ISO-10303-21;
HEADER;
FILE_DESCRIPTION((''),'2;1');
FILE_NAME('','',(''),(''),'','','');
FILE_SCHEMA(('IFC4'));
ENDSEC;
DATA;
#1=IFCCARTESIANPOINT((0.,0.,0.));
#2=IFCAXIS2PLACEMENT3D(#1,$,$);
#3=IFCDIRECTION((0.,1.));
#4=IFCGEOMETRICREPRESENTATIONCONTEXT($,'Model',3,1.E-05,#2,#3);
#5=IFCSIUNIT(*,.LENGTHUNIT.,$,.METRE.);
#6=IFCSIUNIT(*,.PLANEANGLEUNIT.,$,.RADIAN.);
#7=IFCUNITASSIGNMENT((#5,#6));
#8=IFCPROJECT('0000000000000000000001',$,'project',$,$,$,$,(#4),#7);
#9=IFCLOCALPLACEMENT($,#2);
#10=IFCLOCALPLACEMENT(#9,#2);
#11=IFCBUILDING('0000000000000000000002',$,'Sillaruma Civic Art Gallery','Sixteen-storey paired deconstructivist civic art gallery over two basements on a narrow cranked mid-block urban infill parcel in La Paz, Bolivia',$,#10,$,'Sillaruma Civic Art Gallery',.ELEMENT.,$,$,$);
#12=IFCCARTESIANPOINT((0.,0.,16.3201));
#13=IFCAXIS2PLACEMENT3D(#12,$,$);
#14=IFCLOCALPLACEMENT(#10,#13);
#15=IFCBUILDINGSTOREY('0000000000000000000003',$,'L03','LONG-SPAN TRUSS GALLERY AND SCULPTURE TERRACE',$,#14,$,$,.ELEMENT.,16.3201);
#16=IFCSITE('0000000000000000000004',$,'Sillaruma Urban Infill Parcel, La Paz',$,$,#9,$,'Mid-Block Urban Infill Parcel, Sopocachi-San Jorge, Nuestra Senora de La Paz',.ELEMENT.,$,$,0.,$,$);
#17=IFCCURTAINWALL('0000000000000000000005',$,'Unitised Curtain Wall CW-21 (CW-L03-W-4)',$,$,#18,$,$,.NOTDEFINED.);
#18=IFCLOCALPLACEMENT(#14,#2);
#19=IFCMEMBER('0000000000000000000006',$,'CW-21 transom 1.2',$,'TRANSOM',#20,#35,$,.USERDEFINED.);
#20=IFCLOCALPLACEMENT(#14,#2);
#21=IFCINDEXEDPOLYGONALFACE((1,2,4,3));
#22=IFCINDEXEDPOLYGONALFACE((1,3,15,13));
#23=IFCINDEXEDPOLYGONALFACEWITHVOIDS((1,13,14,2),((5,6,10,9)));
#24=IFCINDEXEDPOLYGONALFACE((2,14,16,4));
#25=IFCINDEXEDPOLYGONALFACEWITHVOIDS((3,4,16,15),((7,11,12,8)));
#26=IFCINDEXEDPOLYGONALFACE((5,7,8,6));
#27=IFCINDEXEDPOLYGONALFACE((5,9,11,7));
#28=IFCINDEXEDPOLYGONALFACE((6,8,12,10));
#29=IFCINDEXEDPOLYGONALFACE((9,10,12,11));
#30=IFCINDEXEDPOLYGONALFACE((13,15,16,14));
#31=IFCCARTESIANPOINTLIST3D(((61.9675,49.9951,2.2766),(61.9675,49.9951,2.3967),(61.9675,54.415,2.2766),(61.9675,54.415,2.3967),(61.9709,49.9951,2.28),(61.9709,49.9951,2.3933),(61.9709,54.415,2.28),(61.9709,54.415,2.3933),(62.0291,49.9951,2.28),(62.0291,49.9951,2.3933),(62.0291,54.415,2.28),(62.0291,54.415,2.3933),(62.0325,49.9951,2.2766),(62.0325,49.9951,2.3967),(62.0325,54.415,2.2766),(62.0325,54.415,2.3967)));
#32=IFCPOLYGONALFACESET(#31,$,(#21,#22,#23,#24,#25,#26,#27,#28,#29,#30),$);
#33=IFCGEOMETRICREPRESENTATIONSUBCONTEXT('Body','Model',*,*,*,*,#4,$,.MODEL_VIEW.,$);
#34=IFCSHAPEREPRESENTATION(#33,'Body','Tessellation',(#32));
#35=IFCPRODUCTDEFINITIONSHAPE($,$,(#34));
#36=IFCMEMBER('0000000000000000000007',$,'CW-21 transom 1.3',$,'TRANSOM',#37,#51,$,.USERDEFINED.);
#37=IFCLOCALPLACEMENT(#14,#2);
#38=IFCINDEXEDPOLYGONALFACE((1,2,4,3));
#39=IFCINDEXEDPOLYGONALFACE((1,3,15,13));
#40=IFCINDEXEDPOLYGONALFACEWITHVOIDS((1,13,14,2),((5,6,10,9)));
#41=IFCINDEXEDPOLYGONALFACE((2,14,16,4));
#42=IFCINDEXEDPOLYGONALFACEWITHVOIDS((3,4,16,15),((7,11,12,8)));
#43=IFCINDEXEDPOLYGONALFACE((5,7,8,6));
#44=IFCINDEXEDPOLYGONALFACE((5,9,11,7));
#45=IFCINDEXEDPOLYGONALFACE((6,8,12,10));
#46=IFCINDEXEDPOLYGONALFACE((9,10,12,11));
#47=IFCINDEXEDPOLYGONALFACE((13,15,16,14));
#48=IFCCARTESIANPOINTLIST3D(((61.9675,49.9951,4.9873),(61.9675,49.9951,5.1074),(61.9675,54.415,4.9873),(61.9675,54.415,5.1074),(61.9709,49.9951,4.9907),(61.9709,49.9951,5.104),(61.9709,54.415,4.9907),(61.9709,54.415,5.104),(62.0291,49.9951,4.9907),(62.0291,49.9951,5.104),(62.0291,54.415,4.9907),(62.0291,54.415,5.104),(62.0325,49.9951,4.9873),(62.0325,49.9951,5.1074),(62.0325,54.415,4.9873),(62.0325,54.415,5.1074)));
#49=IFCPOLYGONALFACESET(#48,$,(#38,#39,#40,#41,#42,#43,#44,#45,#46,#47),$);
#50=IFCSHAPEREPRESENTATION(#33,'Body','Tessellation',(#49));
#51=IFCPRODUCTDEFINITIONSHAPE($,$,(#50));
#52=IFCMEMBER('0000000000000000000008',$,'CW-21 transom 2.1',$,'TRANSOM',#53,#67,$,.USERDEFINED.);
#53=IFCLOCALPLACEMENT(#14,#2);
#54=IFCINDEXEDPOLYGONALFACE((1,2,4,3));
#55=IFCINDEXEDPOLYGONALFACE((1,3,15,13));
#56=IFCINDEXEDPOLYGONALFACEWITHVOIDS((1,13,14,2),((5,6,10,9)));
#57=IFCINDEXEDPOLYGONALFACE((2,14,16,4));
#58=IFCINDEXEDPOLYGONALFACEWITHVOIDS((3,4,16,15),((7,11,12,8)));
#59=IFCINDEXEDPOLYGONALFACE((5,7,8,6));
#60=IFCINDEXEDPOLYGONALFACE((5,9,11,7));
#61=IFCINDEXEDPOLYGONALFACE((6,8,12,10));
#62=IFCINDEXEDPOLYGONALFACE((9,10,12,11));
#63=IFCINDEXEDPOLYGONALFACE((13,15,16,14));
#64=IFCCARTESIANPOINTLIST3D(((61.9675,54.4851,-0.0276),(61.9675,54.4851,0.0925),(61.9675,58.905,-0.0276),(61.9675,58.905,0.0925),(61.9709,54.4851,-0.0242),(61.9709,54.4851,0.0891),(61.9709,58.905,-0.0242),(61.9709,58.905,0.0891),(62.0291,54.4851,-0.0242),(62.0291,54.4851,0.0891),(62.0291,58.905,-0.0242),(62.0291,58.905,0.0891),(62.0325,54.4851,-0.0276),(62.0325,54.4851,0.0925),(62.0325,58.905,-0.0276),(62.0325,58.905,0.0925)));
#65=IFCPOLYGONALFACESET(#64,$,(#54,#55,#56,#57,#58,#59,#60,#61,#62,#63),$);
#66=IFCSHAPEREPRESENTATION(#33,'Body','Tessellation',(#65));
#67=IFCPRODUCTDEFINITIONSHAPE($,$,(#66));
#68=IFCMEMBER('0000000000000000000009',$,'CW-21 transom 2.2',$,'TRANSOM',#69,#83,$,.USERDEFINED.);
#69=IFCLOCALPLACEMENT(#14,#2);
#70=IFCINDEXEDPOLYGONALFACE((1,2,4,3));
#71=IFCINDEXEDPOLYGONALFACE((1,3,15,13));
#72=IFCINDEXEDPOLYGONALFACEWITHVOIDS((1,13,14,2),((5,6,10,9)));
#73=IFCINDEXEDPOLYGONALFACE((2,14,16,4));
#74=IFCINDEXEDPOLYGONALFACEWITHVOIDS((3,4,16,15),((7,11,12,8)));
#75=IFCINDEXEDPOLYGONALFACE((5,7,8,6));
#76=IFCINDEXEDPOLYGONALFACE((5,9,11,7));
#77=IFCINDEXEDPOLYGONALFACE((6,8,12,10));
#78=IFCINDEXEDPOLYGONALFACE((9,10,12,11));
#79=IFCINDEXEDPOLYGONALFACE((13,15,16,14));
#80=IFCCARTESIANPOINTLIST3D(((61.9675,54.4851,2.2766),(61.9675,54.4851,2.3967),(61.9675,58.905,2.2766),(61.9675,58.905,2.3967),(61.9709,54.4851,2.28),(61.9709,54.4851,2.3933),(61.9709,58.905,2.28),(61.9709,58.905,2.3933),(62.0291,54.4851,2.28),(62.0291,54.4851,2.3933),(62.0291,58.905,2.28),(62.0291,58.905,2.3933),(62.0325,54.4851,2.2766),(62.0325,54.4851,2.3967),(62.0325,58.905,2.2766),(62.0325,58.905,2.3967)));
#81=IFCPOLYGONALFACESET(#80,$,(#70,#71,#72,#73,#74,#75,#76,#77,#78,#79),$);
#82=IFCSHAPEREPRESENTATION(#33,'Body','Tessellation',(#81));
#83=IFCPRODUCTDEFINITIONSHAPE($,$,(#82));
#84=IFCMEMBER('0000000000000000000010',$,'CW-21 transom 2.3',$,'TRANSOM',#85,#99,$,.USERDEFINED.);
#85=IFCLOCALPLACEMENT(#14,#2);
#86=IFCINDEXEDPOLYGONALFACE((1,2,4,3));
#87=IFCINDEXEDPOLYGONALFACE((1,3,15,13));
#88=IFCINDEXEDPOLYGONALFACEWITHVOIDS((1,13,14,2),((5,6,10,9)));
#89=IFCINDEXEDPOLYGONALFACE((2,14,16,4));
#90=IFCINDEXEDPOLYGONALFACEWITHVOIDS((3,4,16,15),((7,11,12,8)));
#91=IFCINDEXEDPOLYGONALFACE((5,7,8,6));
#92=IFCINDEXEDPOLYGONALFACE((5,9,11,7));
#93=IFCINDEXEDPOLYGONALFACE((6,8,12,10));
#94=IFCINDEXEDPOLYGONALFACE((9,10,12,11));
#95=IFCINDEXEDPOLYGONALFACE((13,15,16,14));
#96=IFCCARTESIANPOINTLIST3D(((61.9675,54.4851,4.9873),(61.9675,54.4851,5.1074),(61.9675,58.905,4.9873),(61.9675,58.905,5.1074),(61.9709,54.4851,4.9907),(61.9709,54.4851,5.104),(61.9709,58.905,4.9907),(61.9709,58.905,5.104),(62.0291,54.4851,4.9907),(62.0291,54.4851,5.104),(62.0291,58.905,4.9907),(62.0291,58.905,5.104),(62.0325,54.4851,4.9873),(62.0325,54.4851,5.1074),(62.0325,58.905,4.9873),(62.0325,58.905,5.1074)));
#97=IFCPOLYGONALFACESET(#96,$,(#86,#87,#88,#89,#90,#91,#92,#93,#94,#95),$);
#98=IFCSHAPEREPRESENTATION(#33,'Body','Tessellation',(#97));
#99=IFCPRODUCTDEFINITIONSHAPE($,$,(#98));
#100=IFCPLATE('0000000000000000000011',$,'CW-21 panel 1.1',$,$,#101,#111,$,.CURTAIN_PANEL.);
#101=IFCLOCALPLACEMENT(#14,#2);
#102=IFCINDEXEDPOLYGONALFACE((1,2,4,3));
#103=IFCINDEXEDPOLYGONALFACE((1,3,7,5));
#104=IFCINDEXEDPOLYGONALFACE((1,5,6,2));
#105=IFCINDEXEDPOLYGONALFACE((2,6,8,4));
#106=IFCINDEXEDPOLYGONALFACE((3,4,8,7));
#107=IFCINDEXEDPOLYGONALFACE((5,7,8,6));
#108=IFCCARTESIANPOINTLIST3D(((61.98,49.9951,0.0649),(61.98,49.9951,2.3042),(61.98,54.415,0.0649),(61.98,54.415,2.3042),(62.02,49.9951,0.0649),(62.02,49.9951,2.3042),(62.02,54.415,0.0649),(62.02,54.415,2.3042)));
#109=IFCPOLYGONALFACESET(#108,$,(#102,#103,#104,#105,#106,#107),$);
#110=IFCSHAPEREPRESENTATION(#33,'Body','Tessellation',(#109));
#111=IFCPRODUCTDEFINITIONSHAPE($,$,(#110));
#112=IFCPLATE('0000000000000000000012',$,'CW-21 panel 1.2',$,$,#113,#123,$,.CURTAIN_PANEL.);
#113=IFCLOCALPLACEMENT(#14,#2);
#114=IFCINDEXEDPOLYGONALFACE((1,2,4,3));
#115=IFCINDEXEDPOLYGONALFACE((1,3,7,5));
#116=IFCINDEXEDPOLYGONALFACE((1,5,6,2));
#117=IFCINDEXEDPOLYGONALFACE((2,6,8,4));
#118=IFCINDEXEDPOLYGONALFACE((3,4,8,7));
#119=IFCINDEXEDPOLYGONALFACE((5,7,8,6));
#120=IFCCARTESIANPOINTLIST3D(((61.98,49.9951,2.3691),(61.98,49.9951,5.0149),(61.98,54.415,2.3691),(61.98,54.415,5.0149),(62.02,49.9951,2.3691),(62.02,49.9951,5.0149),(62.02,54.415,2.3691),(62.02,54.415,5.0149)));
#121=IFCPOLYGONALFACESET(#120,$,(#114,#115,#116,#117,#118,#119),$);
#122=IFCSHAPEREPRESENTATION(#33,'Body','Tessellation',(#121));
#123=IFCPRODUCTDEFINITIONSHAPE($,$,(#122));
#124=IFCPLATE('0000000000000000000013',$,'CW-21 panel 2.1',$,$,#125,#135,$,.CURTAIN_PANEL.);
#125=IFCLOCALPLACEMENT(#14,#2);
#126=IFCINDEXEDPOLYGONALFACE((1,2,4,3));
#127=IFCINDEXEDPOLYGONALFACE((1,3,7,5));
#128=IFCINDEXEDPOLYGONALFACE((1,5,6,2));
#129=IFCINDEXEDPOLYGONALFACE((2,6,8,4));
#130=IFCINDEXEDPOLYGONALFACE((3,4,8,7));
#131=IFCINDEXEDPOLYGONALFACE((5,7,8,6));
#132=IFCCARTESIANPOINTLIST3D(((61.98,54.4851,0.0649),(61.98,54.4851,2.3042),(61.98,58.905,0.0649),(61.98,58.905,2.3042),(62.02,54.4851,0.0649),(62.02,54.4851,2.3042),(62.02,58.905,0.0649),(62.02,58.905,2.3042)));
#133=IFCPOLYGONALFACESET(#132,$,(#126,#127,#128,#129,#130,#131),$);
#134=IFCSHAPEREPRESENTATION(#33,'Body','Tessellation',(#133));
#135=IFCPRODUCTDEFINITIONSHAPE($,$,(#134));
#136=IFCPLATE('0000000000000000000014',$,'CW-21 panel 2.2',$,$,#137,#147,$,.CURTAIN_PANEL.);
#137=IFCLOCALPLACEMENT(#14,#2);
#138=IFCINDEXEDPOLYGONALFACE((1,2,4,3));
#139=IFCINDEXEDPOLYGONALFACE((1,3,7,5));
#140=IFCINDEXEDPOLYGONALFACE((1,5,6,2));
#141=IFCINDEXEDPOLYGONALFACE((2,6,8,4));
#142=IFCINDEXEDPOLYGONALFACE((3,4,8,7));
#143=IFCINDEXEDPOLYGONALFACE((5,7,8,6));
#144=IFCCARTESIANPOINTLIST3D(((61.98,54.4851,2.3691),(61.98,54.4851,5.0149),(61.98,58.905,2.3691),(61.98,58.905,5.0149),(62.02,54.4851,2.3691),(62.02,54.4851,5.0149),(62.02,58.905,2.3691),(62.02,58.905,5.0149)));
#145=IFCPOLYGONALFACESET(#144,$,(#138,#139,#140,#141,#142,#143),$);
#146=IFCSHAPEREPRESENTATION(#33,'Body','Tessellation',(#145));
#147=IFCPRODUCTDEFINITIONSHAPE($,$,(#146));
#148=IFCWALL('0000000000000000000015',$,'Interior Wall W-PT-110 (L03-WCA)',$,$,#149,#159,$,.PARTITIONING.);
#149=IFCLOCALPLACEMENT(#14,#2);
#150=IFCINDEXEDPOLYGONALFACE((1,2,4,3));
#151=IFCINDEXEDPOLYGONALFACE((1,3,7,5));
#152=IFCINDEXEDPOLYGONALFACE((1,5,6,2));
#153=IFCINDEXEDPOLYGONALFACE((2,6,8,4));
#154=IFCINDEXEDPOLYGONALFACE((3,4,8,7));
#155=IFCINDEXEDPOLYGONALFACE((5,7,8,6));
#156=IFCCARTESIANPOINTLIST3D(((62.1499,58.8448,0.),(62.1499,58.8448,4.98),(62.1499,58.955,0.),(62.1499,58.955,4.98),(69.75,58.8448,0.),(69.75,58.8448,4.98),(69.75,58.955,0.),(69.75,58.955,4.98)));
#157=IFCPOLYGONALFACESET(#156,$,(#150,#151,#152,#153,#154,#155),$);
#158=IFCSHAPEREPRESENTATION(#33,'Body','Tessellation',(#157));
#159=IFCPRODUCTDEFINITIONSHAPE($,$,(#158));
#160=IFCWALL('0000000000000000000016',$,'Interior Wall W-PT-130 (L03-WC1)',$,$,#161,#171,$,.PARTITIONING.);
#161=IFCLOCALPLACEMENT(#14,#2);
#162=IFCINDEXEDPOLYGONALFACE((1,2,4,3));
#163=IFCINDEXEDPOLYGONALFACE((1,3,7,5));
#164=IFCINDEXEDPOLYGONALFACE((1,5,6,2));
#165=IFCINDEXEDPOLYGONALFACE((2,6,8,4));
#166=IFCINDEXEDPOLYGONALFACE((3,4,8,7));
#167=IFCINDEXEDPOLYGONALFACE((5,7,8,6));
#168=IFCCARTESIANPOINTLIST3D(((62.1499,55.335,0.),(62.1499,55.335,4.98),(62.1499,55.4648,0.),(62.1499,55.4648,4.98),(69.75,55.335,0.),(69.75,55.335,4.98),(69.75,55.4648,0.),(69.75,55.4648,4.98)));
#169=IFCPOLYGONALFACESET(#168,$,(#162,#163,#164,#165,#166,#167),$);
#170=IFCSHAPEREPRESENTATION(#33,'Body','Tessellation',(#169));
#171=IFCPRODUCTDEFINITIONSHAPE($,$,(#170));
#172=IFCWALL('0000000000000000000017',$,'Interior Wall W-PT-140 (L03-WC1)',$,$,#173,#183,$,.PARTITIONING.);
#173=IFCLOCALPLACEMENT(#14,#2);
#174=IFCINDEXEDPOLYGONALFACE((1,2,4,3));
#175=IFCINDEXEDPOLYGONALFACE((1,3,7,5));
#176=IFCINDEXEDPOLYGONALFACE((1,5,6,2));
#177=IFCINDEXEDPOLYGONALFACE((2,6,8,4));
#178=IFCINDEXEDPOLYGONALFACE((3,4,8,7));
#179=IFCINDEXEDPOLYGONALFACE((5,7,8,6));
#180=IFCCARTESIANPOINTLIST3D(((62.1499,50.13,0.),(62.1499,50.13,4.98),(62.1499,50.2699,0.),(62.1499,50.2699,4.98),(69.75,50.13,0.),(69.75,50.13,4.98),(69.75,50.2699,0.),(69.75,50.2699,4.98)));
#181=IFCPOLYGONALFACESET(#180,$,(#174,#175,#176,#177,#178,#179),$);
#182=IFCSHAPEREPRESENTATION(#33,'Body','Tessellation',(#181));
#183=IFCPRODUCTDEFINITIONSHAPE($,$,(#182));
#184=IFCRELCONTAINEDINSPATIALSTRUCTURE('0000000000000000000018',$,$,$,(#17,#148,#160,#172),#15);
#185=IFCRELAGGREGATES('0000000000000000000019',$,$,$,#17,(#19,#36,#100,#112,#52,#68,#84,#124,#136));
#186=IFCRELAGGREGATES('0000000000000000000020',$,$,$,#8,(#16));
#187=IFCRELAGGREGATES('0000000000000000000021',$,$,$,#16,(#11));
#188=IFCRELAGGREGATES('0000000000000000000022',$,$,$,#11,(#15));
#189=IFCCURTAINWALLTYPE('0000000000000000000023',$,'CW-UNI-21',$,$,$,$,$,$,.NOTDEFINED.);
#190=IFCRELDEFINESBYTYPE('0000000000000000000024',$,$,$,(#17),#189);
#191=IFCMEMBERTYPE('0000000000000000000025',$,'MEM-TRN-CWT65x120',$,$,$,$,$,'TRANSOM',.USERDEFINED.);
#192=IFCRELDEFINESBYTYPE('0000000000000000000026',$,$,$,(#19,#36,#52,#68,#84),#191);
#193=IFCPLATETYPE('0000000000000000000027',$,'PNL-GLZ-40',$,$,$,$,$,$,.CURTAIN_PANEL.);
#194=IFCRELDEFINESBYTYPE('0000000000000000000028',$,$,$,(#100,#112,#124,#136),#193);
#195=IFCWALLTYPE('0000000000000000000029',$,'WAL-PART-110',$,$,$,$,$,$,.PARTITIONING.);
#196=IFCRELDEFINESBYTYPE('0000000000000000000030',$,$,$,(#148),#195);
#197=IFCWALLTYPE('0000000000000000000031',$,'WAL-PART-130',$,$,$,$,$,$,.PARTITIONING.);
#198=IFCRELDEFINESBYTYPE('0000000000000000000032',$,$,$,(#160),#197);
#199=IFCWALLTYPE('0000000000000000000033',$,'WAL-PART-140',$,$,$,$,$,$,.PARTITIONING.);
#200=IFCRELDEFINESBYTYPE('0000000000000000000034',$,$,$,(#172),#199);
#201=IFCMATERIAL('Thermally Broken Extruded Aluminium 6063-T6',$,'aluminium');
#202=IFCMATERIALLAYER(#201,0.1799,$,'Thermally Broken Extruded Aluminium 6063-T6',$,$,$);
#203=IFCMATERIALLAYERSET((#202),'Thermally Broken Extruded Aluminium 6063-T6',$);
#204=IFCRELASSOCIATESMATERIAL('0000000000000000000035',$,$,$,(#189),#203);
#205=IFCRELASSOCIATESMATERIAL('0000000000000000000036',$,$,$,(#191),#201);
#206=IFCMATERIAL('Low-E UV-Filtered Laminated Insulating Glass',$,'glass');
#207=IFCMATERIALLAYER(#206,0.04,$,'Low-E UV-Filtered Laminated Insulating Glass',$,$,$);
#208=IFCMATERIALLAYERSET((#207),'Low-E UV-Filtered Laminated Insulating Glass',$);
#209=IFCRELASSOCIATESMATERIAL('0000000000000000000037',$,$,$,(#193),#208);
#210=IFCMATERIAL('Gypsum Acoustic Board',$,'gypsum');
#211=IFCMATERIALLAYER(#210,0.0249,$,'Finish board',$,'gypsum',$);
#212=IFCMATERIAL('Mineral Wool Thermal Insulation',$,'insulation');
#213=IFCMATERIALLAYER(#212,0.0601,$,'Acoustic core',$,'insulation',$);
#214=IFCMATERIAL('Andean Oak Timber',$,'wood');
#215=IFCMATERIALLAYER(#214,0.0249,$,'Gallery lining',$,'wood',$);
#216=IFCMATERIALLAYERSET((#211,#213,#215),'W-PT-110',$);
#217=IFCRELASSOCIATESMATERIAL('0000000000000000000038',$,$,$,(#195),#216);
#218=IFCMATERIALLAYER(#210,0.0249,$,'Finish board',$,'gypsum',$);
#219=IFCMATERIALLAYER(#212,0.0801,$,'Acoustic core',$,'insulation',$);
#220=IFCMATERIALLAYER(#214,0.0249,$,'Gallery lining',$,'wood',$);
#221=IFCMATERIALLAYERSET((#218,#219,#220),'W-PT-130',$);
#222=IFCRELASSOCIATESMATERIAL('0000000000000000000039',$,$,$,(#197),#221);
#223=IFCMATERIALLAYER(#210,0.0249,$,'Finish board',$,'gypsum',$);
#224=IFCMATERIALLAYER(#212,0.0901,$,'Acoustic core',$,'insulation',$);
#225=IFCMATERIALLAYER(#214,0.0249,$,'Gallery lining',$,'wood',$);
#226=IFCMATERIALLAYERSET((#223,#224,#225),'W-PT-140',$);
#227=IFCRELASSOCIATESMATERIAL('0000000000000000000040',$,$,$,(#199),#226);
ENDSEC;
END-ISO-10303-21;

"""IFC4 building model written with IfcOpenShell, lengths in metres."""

from ifc_helpers import new_model, si_unit, direction, frame, frame_2d, origin, origin_2d, place, context, subcontext, project, spatial, rectangle, hollow_rectangle, extrude, material, layer, layer_set, material_profile, profile_set, type_object, element, aggregate, save


model = new_model("IFC4")

# Units and contexts
model_context = context("Model", 3, precision=1e-05, world=origin(), true_north=direction((0.0, 1.0)))
body_context = subcontext(model_context, "Body", "Model", "MODEL_VIEW")
ifc_project = project(units=[si_unit("LENGTHUNIT", "METRE"), si_unit("PLANEANGLEUNIT", "RADIAN")], contexts=[model_context])

# Site, building, storey
site_placement = place(None, origin())
site = spatial("IfcSite", under=ifc_project, at=site_placement, Name="Sillaruma Urban Infill Parcel, La Paz", LongName="Mid-Block Urban Infill Parcel, Sopocachi-San Jorge, Nuestra Senora de La Paz", CompositionType="ELEMENT", RefElevation=0.0)
building_placement = place(site_placement, origin())
building = spatial("IfcBuilding", under=site, at=building_placement, Name="Sillaruma Civic Art Gallery", Description="Sixteen-storey paired deconstructivist civic art gallery over two basements on a narrow cranked mid-block urban infill parcel in La Paz, Bolivia", LongName="Sillaruma Civic Art Gallery", CompositionType="ELEMENT")
storey_placement = place(building_placement, frame((0.0, 0.0, 16.3201)))
storey = spatial("IfcBuildingStorey", under=building, at=storey_placement, Name="L03", Description="LONG-SPAN TRUSS GALLERY AND SCULPTURE TERRACE", CompositionType="ELEMENT", Elevation=16.3201)

# Shared definitions
ifc_material_1 = material(Name="Thermally Broken Extruded Aluminium 6063-T6", Category="aluminium")

# Curtain wall
ifc_layer_1 = layer(ifc_material_1, 0.1799, Name="Thermally Broken Extruded Aluminium 6063-T6")
ifc_layer_set_1 = layer_set([ifc_layer_1], Name="Thermally Broken Extruded Aluminium 6063-T6")
curtain_wall_type_1 = type_object("IfcCurtainWallType", Name="CW-UNI-21", PredefinedType="NOTDEFINED", material=ifc_layer_set_1)
curtain_wall_1_placement = place(storey_placement, origin())
curtain_wall_1 = element("IfcCurtainWall", 1, at=curtain_wall_1_placement, inside=storey, type_object=curtain_wall_type_1, Name="Unitised Curtain Wall CW-21 (CW-L03-W-4)", PredefinedType="NOTDEFINED")

# Members
ifc_material_profile_1 = material_profile(ifc_material_1, hollow_rectangle(XDim=0.0649, YDim=0.1201, WallThickness=0.0034, at=origin_2d()), Name="CWT65x120")
ifc_profile_set_1 = profile_set([ifc_material_profile_1], Name="Thermally Broken Extruded Aluminium 6063-T6")
member_type_1 = type_object("IfcMemberType", Name="MEM-TRN-CWT65x120", ElementType="TRANSOM", PredefinedType="USERDEFINED", material=ifc_profile_set_1)
member_1_placement = place(storey_placement, frame((62.0, 49.9951, 2.3367), z_axis=(0.0, 1.0, 0.0), x_axis=(-1.0, 0.0, 0.0)))
member_1 = element("IfcMember", 2, at=member_1_placement, type_object=member_type_1, Name="CW-21 transom 1.2", ObjectType="TRANSOM", PredefinedType="USERDEFINED", context=body_context, shape_type="SweptSolid", body=[
    extrude(hollow_rectangle(XDim=0.0649, YDim=0.1201, WallThickness=0.0034, at=origin_2d()), origin(), (0.0, 0.0, 1.0), 4.4199),
])
member_2_placement = place(storey_placement, frame((62.0, 49.9951, 5.0474), z_axis=(0.0, 1.0, 0.0), x_axis=(-1.0, 0.0, 0.0)))
member_2 = element("IfcMember", 3, at=member_2_placement, type_object=member_type_1, Name="CW-21 transom 1.3", ObjectType="TRANSOM", PredefinedType="USERDEFINED", context=body_context, shape_type="SweptSolid", body=[
    extrude(hollow_rectangle(XDim=0.0649, YDim=0.1201, WallThickness=0.0034, at=origin_2d()), origin(), (0.0, 0.0, 1.0), 4.4199),
])
member_3_placement = place(storey_placement, frame((62.0, 54.4851, 0.0325), z_axis=(0.0, 1.0, 0.0), x_axis=(-1.0, 0.0, 0.0)))
member_3 = element("IfcMember", 4, at=member_3_placement, type_object=member_type_1, Name="CW-21 transom 2.1", ObjectType="TRANSOM", PredefinedType="USERDEFINED", context=body_context, shape_type="SweptSolid", body=[
    extrude(hollow_rectangle(XDim=0.0649, YDim=0.1201, WallThickness=0.0034, at=origin_2d()), origin(), (0.0, 0.0, 1.0), 4.4199),
])
member_4_placement = place(storey_placement, frame((62.0, 54.4851, 2.3367), z_axis=(0.0, 1.0, 0.0), x_axis=(-1.0, 0.0, 0.0)))
member_4 = element("IfcMember", 5, at=member_4_placement, type_object=member_type_1, Name="CW-21 transom 2.2", ObjectType="TRANSOM", PredefinedType="USERDEFINED", context=body_context, shape_type="SweptSolid", body=[
    extrude(hollow_rectangle(XDim=0.0649, YDim=0.1201, WallThickness=0.0034, at=origin_2d()), origin(), (0.0, 0.0, 1.0), 4.4199),
])
member_5_placement = place(storey_placement, frame((62.0, 54.4851, 5.0474), z_axis=(0.0, 1.0, 0.0), x_axis=(-1.0, 0.0, 0.0)))
member_5 = element("IfcMember", 6, at=member_5_placement, type_object=member_type_1, Name="CW-21 transom 2.3", ObjectType="TRANSOM", PredefinedType="USERDEFINED", context=body_context, shape_type="SweptSolid", body=[
    extrude(hollow_rectangle(XDim=0.0649, YDim=0.1201, WallThickness=0.0034, at=origin_2d()), origin(), (0.0, 0.0, 1.0), 4.4199),
])

# Plates
ifc_material_2 = material(Name="Low-E UV-Filtered Laminated Insulating Glass", Category="glass")
ifc_layer_2 = layer(ifc_material_2, 0.04, Name="Low-E UV-Filtered Laminated Insulating Glass")
ifc_layer_set_2 = layer_set([ifc_layer_2], Name="Low-E UV-Filtered Laminated Insulating Glass")
plate_type = type_object("IfcPlateType", Name="PNL-GLZ-40", PredefinedType="CURTAIN_PANEL", material=ifc_layer_set_2)
plate_1_placement = place(storey_placement, frame((62.0, 52.2051, 0.0649), z_axis=(0.0, 0.0, 1.0), x_axis=(0.0, 1.0, 0.0)))
plate_1 = element("IfcPlate", 7, at=plate_1_placement, type_object=plate_type, Name="CW-21 panel 1.1", PredefinedType="CURTAIN_PANEL", context=body_context, shape_type="SweptSolid", body=[
    extrude(rectangle(XDim=4.4199, YDim=0.04, at=origin_2d()), origin(), (0.0, 0.0, 1.0), 2.2393),
])
plate_2_placement = place(storey_placement, frame((62.0, 52.2051, 2.3691), z_axis=(0.0, 0.0, 1.0), x_axis=(0.0, 1.0, 0.0)))
plate_2 = element("IfcPlate", 8, at=plate_2_placement, type_object=plate_type, Name="CW-21 panel 1.2", PredefinedType="CURTAIN_PANEL", context=body_context, shape_type="SweptSolid", body=[
    extrude(rectangle(XDim=4.4199, YDim=0.04, at=origin_2d()), origin(), (0.0, 0.0, 1.0), 2.6458),
])
plate_3_placement = place(storey_placement, frame((62.0, 56.6951, 0.0649), z_axis=(0.0, 0.0, 1.0), x_axis=(0.0, 1.0, 0.0)))
plate_3 = element("IfcPlate", 9, at=plate_3_placement, type_object=plate_type, Name="CW-21 panel 2.1", PredefinedType="CURTAIN_PANEL", context=body_context, shape_type="SweptSolid", body=[
    extrude(rectangle(XDim=4.4199, YDim=0.04, at=origin_2d()), origin(), (0.0, 0.0, 1.0), 2.2393),
])
plate_4_placement = place(storey_placement, frame((62.0, 56.6951, 2.3691), z_axis=(0.0, 0.0, 1.0), x_axis=(0.0, 1.0, 0.0)))
plate_4 = element("IfcPlate", 10, at=plate_4_placement, type_object=plate_type, Name="CW-21 panel 2.2", PredefinedType="CURTAIN_PANEL", context=body_context, shape_type="SweptSolid", body=[
    extrude(rectangle(XDim=4.4199, YDim=0.04, at=origin_2d()), origin(), (0.0, 0.0, 1.0), 2.6458),
])
aggregate(curtain_wall_1, [member_1, member_2, plate_1, plate_2, member_3, member_4, member_5, plate_3, plate_4])

# Walls
ifc_material_3 = material(Name="Gypsum Acoustic Board", Category="gypsum")
ifc_layer_3 = layer(ifc_material_3, 0.0249, Name="Finish board", Category="gypsum")
ifc_material_4 = material(Name="Mineral Wool Thermal Insulation", Category="insulation")
ifc_layer_4 = layer(ifc_material_4, 0.0601, Name="Acoustic core", Category="insulation")
ifc_material_5 = material(Name="Andean Oak Timber", Category="wood")
ifc_layer_5 = layer(ifc_material_5, 0.0249, Name="Gallery lining", Category="wood")
ifc_layer_set_3 = layer_set([ifc_layer_3, ifc_layer_4, ifc_layer_5], Name="W-PT-110")
wall_type_1 = type_object("IfcWallType", Name="WAL-PART-110", PredefinedType="PARTITIONING", material=ifc_layer_set_3)
wall_1_placement = place(storey_placement, frame((62.1499, 58.8999, 0.0), z_axis=(0.0, 0.0, 1.0), x_axis=(1.0, 0.0, 0.0)))
element("IfcWall", 11, at=wall_1_placement, inside=storey, type_object=wall_type_1, Name="Interior Wall W-PT-110 (L03-WCA)", PredefinedType="PARTITIONING", context=body_context, shape_type="SweptSolid", body=[
    extrude(rectangle(XDim=7.6001, YDim=0.1101, at=frame_2d((3.8, 0.0))), origin(), (0.0, 0.0, 1.0), 4.98),
])
ifc_layer_6 = layer(ifc_material_3, 0.0249, Name="Finish board", Category="gypsum")
ifc_layer_7 = layer(ifc_material_4, 0.0801, Name="Acoustic core", Category="insulation")
ifc_layer_8 = layer(ifc_material_5, 0.0249, Name="Gallery lining", Category="wood")
ifc_layer_set_4 = layer_set([ifc_layer_6, ifc_layer_7, ifc_layer_8], Name="W-PT-130")
wall_type_2 = type_object("IfcWallType", Name="WAL-PART-130", PredefinedType="PARTITIONING", material=ifc_layer_set_4)
wall_2_placement = place(storey_placement, frame((62.1499, 55.3999, 0.0), z_axis=(0.0, 0.0, 1.0), x_axis=(1.0, 0.0, 0.0)))
element("IfcWall", 12, at=wall_2_placement, inside=storey, type_object=wall_type_2, Name="Interior Wall W-PT-130 (L03-WC1)", PredefinedType="PARTITIONING", context=body_context, shape_type="SweptSolid", body=[
    extrude(rectangle(XDim=7.6001, YDim=0.1299, at=frame_2d((3.8, 0.0))), origin(), (0.0, 0.0, 1.0), 4.98),
])
ifc_layer_9 = layer(ifc_material_3, 0.0249, Name="Finish board", Category="gypsum")
ifc_layer_10 = layer(ifc_material_4, 0.0901, Name="Acoustic core", Category="insulation")
ifc_layer_11 = layer(ifc_material_5, 0.0249, Name="Gallery lining", Category="wood")
ifc_layer_set_5 = layer_set([ifc_layer_9, ifc_layer_10, ifc_layer_11], Name="W-PT-140")
wall_type_3 = type_object("IfcWallType", Name="WAL-PART-140", PredefinedType="PARTITIONING", material=ifc_layer_set_5)
wall_3_placement = place(storey_placement, frame((62.1499, 50.2, 0.0), z_axis=(0.0, 0.0, 1.0), x_axis=(1.0, 0.0, 0.0)))
element("IfcWall", 13, at=wall_3_placement, inside=storey, type_object=wall_type_3, Name="Interior Wall W-PT-140 (L03-WC1)", PredefinedType="PARTITIONING", context=body_context, shape_type="SweptSolid", body=[
    extrude(rectangle(XDim=7.6001, YDim=0.1399, at=frame_2d((3.8, 0.0))), origin(), (0.0, 0.0, 1.0), 4.98),
])

save(model, "model.ifc")
